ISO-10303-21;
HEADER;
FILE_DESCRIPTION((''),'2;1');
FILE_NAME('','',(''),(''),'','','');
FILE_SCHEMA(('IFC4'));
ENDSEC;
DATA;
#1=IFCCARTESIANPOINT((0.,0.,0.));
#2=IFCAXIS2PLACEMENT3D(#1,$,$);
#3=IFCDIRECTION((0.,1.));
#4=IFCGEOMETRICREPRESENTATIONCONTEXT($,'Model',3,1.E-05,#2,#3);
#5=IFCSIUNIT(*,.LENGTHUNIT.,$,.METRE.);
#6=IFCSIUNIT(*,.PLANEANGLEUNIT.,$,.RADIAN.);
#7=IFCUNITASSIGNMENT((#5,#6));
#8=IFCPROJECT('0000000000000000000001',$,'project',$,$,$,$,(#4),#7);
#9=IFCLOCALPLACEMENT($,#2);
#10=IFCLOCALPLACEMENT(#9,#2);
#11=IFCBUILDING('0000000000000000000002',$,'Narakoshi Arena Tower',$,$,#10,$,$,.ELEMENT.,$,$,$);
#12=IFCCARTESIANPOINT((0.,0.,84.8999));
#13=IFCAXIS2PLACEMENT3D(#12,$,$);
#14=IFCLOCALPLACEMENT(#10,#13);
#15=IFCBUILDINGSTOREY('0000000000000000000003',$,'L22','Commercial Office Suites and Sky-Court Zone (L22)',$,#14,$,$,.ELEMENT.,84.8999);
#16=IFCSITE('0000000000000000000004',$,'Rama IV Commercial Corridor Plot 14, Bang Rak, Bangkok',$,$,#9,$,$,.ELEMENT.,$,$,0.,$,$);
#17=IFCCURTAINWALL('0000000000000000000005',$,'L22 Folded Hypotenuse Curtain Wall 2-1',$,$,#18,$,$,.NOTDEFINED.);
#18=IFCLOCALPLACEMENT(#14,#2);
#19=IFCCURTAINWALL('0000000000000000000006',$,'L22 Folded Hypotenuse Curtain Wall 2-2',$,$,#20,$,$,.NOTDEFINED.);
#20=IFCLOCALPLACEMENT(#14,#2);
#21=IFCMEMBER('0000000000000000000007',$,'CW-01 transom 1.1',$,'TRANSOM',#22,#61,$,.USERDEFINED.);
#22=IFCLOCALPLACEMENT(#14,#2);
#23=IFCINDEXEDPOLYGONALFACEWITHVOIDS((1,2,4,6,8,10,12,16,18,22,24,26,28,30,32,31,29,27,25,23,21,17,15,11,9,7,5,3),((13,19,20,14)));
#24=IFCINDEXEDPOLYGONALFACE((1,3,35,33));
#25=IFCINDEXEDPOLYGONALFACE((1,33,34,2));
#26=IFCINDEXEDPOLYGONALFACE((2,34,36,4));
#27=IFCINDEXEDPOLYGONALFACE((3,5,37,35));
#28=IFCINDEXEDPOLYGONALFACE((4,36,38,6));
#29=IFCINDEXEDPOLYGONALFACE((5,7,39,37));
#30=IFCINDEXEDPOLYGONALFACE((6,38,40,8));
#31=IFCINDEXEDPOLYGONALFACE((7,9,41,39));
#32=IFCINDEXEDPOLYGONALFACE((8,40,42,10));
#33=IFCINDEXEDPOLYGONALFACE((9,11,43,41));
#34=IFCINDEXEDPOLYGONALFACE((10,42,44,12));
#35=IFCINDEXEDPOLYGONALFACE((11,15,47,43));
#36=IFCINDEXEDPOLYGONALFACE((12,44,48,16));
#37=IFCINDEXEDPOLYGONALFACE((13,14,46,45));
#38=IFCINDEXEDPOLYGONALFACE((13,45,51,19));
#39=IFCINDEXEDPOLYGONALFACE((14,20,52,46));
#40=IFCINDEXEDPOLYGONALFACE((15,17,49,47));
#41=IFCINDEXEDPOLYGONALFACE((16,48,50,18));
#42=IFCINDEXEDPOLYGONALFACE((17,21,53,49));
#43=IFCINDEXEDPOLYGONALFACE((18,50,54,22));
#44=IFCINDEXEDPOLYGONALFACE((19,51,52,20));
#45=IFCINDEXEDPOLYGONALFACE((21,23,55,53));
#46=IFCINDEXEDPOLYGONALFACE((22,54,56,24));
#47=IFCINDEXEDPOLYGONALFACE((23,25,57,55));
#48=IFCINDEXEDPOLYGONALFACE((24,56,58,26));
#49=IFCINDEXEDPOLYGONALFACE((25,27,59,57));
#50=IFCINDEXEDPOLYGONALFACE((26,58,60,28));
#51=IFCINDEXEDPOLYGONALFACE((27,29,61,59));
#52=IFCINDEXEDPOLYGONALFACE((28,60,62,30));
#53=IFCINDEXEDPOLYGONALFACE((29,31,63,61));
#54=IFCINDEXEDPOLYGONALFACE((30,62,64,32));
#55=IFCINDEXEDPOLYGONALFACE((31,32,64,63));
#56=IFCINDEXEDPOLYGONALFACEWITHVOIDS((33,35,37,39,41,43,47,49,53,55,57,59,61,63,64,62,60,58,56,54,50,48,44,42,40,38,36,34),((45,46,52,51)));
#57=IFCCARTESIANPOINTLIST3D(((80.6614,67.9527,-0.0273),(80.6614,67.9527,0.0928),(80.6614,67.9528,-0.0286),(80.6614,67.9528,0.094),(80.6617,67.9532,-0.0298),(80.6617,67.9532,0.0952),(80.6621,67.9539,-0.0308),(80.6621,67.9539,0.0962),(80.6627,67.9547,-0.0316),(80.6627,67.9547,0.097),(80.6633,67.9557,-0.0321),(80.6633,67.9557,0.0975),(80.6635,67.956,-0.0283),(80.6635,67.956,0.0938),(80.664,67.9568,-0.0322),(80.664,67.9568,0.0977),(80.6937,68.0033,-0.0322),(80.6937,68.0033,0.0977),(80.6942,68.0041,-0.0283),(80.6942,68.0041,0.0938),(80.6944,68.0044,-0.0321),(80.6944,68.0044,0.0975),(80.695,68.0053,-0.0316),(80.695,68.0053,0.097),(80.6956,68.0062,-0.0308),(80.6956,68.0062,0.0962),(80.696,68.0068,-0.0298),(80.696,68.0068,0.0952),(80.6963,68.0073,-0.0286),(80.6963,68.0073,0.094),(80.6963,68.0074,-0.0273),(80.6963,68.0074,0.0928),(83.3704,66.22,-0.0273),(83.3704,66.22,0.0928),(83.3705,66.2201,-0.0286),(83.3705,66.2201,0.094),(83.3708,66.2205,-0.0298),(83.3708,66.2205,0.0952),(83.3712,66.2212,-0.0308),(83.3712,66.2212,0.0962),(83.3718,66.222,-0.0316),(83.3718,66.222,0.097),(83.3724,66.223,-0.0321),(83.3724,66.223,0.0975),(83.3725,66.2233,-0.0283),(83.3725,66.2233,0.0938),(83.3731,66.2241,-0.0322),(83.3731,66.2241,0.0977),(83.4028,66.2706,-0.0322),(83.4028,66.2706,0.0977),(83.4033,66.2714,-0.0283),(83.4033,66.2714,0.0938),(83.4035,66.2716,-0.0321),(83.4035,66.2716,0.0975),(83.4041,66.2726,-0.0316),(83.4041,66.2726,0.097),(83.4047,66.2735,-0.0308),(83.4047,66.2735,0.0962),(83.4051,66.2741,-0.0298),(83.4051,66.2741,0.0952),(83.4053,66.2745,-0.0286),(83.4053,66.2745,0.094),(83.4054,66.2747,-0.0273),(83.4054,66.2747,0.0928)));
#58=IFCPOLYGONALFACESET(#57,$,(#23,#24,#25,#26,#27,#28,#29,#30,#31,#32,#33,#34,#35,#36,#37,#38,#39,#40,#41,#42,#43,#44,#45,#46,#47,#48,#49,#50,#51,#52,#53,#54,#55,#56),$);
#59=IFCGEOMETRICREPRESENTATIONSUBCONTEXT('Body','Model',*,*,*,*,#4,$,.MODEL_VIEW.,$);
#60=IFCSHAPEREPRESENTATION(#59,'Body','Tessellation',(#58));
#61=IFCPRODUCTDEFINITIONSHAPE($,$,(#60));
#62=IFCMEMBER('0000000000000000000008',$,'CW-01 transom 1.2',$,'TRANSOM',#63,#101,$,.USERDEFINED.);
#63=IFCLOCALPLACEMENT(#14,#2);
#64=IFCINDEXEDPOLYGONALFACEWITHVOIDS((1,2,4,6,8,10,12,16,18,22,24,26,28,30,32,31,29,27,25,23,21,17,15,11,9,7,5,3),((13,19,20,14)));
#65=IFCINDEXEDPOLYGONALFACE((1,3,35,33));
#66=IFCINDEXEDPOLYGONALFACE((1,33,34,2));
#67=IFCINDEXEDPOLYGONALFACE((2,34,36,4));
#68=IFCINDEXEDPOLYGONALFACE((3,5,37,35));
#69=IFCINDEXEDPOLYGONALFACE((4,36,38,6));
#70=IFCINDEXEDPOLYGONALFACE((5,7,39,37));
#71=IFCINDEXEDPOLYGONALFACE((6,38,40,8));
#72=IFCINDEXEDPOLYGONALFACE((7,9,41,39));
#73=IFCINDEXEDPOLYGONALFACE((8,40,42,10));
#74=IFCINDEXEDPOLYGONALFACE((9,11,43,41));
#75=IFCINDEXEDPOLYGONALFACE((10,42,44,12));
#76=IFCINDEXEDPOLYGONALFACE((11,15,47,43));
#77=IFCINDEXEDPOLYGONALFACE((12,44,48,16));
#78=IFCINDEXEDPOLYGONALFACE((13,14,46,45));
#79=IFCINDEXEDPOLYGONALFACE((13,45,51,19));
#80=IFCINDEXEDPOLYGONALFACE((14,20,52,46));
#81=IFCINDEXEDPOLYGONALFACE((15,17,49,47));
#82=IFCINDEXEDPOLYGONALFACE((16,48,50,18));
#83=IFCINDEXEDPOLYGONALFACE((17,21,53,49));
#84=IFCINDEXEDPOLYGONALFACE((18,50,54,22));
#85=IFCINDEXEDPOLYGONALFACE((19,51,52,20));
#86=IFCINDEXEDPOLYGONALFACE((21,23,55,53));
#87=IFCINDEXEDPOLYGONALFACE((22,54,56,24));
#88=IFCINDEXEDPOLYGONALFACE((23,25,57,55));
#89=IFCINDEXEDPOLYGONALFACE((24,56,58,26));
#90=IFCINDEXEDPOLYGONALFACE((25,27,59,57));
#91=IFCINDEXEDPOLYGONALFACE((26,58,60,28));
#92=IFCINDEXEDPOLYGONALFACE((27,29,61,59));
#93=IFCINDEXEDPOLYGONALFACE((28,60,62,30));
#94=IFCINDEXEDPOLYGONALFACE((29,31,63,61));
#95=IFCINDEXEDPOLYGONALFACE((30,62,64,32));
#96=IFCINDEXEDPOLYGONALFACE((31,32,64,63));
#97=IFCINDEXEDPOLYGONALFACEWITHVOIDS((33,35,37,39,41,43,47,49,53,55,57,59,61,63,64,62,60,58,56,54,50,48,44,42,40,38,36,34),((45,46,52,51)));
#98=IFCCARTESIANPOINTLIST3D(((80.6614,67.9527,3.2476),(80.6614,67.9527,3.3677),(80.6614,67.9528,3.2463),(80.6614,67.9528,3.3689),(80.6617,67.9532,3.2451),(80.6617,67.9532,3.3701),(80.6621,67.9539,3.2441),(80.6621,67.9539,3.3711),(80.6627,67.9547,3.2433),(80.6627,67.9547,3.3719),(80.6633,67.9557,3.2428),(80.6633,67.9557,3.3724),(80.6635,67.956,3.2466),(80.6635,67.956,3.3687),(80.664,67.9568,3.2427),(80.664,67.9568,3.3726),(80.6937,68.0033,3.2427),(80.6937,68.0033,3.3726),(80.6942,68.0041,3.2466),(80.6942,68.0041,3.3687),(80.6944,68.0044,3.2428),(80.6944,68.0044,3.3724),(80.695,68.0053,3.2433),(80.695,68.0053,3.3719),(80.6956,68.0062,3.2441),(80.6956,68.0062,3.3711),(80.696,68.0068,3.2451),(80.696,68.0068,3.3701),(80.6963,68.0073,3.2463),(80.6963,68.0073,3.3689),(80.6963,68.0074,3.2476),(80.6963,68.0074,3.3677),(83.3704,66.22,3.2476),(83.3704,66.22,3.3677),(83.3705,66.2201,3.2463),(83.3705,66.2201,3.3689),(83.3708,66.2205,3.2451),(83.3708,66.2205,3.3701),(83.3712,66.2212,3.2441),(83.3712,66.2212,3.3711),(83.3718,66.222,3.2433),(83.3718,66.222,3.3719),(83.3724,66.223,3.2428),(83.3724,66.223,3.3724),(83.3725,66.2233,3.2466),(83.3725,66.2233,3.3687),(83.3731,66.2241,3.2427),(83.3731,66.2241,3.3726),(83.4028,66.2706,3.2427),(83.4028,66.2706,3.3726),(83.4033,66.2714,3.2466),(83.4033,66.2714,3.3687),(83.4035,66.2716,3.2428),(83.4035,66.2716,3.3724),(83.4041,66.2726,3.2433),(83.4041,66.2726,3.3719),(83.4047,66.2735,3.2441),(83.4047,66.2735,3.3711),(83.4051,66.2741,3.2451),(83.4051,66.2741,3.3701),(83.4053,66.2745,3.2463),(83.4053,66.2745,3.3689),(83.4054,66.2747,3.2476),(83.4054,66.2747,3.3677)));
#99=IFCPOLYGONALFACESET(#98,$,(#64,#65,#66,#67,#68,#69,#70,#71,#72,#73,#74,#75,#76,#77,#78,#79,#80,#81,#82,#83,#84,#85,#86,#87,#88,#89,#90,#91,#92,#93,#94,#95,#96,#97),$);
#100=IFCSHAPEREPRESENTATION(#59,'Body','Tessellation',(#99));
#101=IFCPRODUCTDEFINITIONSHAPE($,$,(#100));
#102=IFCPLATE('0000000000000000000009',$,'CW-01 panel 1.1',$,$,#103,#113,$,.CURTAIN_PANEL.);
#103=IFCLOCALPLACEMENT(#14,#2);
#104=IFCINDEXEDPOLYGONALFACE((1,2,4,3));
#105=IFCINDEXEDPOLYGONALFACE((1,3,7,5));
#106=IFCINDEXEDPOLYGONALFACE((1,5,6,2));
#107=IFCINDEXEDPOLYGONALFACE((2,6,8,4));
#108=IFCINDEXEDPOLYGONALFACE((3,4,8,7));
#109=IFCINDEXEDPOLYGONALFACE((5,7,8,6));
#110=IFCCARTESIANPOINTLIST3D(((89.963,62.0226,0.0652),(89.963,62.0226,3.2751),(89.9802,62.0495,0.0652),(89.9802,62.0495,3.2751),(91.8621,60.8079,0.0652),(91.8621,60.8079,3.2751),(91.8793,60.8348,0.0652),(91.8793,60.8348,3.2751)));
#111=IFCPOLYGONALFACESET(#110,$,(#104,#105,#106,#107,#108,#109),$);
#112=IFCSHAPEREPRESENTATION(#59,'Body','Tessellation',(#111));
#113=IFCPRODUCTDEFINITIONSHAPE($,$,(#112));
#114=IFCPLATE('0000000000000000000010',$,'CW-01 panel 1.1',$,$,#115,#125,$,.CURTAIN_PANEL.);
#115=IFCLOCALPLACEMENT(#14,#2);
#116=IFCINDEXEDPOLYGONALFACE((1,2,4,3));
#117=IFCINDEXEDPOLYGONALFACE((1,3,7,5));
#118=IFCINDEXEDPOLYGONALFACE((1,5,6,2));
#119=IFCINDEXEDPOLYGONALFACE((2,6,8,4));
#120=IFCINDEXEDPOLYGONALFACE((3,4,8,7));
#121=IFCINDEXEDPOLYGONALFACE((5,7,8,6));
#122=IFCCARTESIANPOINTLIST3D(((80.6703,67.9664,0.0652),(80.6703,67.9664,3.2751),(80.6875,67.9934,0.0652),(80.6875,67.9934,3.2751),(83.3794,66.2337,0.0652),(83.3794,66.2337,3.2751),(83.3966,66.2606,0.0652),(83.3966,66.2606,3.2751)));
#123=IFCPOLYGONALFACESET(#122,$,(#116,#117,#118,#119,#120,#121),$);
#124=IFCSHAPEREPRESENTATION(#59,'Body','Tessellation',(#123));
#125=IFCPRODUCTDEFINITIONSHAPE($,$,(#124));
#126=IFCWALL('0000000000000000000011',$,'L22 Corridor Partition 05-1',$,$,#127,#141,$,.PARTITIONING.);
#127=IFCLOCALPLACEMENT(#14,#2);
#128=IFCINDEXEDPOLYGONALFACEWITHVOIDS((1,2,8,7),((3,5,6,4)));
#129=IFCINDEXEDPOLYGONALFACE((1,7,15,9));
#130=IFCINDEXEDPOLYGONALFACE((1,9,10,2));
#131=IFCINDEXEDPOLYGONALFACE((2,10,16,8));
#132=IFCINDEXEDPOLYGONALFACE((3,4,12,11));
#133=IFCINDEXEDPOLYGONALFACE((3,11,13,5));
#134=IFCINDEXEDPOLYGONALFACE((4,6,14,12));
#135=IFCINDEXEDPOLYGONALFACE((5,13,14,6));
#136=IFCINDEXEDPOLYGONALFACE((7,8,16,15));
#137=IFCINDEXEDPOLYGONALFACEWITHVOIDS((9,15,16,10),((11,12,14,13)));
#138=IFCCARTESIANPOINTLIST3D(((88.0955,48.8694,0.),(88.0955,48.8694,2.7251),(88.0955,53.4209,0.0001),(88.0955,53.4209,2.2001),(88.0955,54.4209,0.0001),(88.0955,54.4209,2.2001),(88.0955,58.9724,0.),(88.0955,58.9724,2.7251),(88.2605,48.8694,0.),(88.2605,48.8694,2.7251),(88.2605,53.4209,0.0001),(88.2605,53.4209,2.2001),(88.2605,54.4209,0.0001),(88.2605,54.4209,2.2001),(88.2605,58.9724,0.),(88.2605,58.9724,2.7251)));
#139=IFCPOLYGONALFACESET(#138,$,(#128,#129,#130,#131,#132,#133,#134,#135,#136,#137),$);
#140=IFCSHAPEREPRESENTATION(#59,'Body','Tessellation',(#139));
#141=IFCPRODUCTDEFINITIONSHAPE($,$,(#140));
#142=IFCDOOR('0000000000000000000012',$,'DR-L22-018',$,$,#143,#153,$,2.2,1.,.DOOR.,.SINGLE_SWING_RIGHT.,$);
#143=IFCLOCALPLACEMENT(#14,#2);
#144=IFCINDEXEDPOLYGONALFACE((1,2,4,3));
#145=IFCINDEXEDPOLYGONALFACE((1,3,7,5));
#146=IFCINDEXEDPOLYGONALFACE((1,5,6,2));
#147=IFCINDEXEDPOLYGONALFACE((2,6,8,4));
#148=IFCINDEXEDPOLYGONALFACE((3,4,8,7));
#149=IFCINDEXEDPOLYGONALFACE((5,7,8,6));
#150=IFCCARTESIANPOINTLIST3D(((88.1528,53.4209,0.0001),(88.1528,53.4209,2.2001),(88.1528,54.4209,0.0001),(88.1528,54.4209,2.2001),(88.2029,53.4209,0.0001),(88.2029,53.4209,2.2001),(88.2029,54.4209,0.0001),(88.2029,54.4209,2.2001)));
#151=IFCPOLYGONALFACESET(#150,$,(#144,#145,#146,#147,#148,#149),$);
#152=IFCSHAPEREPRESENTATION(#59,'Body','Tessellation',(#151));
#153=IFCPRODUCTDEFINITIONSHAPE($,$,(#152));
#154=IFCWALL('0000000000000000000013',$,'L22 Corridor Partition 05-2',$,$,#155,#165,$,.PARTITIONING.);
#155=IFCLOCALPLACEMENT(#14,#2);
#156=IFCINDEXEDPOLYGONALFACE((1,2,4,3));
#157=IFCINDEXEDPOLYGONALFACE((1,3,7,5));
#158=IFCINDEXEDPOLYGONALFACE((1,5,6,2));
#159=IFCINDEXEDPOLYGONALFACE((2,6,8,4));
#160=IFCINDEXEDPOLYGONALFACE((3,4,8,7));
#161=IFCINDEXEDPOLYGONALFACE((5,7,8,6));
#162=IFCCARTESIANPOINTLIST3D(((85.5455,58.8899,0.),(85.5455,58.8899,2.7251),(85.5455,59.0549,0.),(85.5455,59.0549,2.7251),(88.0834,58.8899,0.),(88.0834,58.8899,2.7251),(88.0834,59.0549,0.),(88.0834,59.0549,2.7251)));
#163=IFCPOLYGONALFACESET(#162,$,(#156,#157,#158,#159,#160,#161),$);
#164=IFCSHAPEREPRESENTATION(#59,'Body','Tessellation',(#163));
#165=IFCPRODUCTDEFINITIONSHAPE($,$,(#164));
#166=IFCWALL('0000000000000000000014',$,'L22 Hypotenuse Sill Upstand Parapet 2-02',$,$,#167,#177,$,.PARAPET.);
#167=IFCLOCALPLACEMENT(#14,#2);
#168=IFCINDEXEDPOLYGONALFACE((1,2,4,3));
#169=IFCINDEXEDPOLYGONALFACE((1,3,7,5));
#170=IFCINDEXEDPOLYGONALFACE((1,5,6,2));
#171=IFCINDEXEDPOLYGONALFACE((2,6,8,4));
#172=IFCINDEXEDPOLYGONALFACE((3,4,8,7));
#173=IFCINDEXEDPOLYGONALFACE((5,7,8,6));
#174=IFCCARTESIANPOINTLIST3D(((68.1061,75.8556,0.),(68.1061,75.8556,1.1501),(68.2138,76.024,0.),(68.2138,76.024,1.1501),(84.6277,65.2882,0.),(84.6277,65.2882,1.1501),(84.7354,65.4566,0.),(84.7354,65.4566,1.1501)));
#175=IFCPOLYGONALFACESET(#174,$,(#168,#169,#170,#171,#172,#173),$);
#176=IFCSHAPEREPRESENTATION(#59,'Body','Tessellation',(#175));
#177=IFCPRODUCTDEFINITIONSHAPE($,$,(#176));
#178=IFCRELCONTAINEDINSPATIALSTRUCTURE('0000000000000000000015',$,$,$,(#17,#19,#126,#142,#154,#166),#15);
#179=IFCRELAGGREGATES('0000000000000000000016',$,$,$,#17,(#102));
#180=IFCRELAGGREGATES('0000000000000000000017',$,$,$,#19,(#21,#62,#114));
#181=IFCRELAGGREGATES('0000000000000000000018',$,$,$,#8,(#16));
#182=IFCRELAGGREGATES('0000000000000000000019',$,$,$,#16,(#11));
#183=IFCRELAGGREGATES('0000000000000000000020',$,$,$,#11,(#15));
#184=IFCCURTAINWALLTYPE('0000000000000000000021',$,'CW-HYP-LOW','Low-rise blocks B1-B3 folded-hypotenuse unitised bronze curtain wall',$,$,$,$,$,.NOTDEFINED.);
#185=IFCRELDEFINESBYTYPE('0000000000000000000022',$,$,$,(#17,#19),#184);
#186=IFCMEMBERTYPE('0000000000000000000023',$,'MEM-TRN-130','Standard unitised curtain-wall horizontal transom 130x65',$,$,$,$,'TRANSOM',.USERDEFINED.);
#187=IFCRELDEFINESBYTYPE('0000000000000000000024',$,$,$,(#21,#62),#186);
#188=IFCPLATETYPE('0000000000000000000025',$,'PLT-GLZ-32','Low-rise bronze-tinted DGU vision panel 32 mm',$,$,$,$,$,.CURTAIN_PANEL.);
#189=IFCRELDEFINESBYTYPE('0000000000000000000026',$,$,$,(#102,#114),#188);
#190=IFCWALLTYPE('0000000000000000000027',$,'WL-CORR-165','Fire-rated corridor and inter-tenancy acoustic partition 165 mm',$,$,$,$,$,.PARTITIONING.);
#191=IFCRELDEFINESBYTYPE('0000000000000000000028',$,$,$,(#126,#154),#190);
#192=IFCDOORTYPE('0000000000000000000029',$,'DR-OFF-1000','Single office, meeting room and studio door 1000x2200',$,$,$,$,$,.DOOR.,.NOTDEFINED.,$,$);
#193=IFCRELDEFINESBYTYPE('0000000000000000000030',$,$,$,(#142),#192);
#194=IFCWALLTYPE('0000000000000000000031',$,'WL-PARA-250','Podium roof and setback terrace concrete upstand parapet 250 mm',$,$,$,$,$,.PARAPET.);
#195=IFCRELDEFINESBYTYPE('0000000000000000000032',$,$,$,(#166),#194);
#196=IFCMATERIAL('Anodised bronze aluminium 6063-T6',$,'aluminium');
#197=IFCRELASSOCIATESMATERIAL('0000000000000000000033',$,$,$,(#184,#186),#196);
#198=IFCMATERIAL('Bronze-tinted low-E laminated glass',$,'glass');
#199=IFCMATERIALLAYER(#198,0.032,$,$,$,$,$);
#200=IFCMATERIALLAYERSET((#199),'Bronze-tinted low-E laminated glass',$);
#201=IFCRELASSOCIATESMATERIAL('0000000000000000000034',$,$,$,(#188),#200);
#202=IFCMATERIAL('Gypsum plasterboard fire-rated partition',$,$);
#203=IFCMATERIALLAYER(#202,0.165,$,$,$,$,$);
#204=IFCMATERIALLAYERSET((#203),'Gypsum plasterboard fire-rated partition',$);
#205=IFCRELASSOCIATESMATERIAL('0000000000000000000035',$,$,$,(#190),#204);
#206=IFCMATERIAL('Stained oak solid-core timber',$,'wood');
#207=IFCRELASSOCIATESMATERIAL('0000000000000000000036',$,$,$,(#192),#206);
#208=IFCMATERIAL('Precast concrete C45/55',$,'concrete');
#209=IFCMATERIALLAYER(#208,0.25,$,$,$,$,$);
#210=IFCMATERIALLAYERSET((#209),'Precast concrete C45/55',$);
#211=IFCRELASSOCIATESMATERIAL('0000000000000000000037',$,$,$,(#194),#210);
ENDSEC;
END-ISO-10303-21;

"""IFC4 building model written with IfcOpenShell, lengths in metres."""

from ifc_helpers import new_model, si_unit, direction, frame, frame_2d, origin, origin_2d, place, context, subcontext, project, spatial, rectangle, hollow_rectangle, extrude, material, layer, layer_set, material_profile, profile_set, type_object, element, fill, aggregate, save


model = new_model("IFC4")

# Units and contexts
model_context = context("Model", 3, precision=1e-05, world=origin(), true_north=direction((0.0, 1.0)))
body_context = subcontext(model_context, "Body", "Model", "MODEL_VIEW")
ifc_project = project(units=[si_unit("LENGTHUNIT", "METRE"), si_unit("PLANEANGLEUNIT", "RADIAN")], contexts=[model_context])

# Site, building, storey
site_placement = place(None, origin())
site = spatial("IfcSite", under=ifc_project, at=site_placement, Name="Rama IV Commercial Corridor Plot 14, Bang Rak, Bangkok", CompositionType="ELEMENT", RefElevation=0.0)
building_placement = place(site_placement, origin())
building = spatial("IfcBuilding", under=site, at=building_placement, Name="Narakoshi Arena Tower", CompositionType="ELEMENT")
storey_placement = place(building_placement, frame((0.0, 0.0, 84.8999)))
storey = spatial("IfcBuildingStorey", under=building, at=storey_placement, Name="L22", Description="Commercial Office Suites and Sky-Court Zone (L22)", CompositionType="ELEMENT", Elevation=84.8999)

# Curtain walls
ifc_material_1 = material(Name="Anodised bronze aluminium 6063-T6", Category="aluminium")
curtain_wall_type = type_object("IfcCurtainWallType", Name="CW-HYP-LOW", Description="Low-rise blocks B1-B3 folded-hypotenuse unitised bronze curtain wall", PredefinedType="NOTDEFINED", material=ifc_material_1)
curtain_wall_1_placement = place(storey_placement, origin())
curtain_wall_1 = element("IfcCurtainWall", 1, at=curtain_wall_1_placement, inside=storey, type_object=curtain_wall_type, Name="L22 Folded Hypotenuse Curtain Wall 2-1", PredefinedType="NOTDEFINED")
curtain_wall_2_placement = place(storey_placement, origin())
curtain_wall_2 = element("IfcCurtainWall", 2, at=curtain_wall_2_placement, inside=storey, type_object=curtain_wall_type, Name="L22 Folded Hypotenuse Curtain Wall 2-2", PredefinedType="NOTDEFINED")

# Members
ifc_material_profile_1 = material_profile(ifc_material_1, hollow_rectangle(XDim=0.0649, YDim=0.1299, WallThickness=0.0039, OuterFilletRadius=0.0049, at=origin_2d()), Name="TRN130x65x4")
ifc_profile_set_1 = profile_set([ifc_material_profile_1], Name="Anodised bronze aluminium 6063-T6")
member_type_1 = type_object("IfcMemberType", Name="MEM-TRN-130", Description="Standard unitised curtain-wall horizontal transom 130x65", ElementType="TRANSOM", PredefinedType="USERDEFINED", material=ifc_profile_set_1)
member_1_placement = place(storey_placement, frame((83.3879, 66.2473, 0.0327), z_axis=(-0.842424, 0.538815, 0.0), x_axis=(-0.538815, -0.842424, 0.0)))
member_1 = element("IfcMember", 3, at=member_1_placement, type_object=member_type_1, Name="CW-01 transom 1.1", ObjectType="TRANSOM", PredefinedType="USERDEFINED", context=body_context, shape_type="SweptSolid", body=[
    extrude(hollow_rectangle(XDim=0.0649, YDim=0.1299, WallThickness=0.0039, OuterFilletRadius=0.0049, at=origin_2d()), origin(), (0.0, 0.0, 1.0), 3.2158),
])
member_2_placement = place(storey_placement, frame((83.3879, 66.2473, 3.3076), z_axis=(-0.842424, 0.538815, 0.0), x_axis=(-0.538815, -0.842424, 0.0)))
member_2 = element("IfcMember", 4, at=member_2_placement, type_object=member_type_1, Name="CW-01 transom 1.2", ObjectType="TRANSOM", PredefinedType="USERDEFINED", context=body_context, shape_type="SweptSolid", body=[
    extrude(hollow_rectangle(XDim=0.0649, YDim=0.1299, WallThickness=0.0039, OuterFilletRadius=0.0049, at=origin_2d()), origin(), (0.0, 0.0, 1.0), 3.2158),
])

# Plates
ifc_material_2 = material(Name="Bronze-tinted low-E laminated glass", Category="glass")
ifc_layer_1 = layer(ifc_material_2, 0.032)
ifc_layer_set_1 = layer_set([ifc_layer_1], Name="Bronze-tinted low-E laminated glass")
plate_type = type_object("IfcPlateType", Name="PLT-GLZ-32", Description="Low-rise bronze-tinted DGU vision panel 32 mm", PredefinedType="CURTAIN_PANEL", material=ifc_layer_set_1)
plate_1_placement = place(storey_placement, frame((90.9211, 61.4287, 0.0652), z_axis=(0.0, 0.0, 1.0), x_axis=(-0.842419, 0.538822, 0.0)))
plate_1 = element("IfcPlate", 5, at=plate_1_placement, type_object=plate_type, Name="CW-01 panel 1.1", PredefinedType="CURTAIN_PANEL", context=body_context, shape_type="SweptSolid", body=[
    extrude(rectangle(XDim=2.2544, YDim=0.032, at=origin_2d()), origin(), (0.0, 0.0, 1.0), 3.21),
])
aggregate(curtain_wall_1, [plate_1])
plate_2_placement = place(storey_placement, frame((82.0334, 67.1135, 0.0652), z_axis=(0.0, 0.0, 1.0), x_axis=(-0.842415, 0.538829, 0.0)))
plate_2 = element("IfcPlate", 6, at=plate_2_placement, type_object=plate_type, Name="CW-01 panel 1.1", PredefinedType="CURTAIN_PANEL", context=body_context, shape_type="SweptSolid", body=[
    extrude(rectangle(XDim=3.2158, YDim=0.032, at=origin_2d()), origin(), (0.0, 0.0, 1.0), 3.21),
])
aggregate(curtain_wall_2, [member_1, member_2, plate_2])

# Wall, opening, door
ifc_material_3 = material(Name="Gypsum plasterboard fire-rated partition")
ifc_layer_2 = layer(ifc_material_3, 0.165)
ifc_layer_set_2 = layer_set([ifc_layer_2], Name="Gypsum plasterboard fire-rated partition")
wall_type_1 = type_object("IfcWallType", Name="WL-CORR-165", Description="Fire-rated corridor and inter-tenancy acoustic partition 165 mm", PredefinedType="PARTITIONING", material=ifc_layer_set_2)
wall_1_placement = place(storey_placement, frame((88.178, 48.8694, 0.0), z_axis=(0.0, 0.0, 1.0), x_axis=(0.0, 1.0, 0.0)))
wall_1 = element("IfcWall", 7, at=wall_1_placement, inside=storey, type_object=wall_type_1, Name="L22 Corridor Partition 05-1", PredefinedType="PARTITIONING", context=body_context, shape_type="SweptSolid", body=[
    extrude(rectangle(XDim=10.103, YDim=0.165, at=frame_2d((5.0515, 0.0))), origin(), (0.0, 0.0, 1.0), 2.7251),
])
opening_1_placement = place(wall_1_placement, frame((4.5515, 0.0, 0.0)))
opening_1 = element("IfcOpeningElement", 8, at=opening_1_placement, cuts=wall_1, PredefinedType="OPENING", context=body_context, shape_type="SweptSolid", body=[
    extrude(rectangle(XDim=1.0, YDim=2.2, at=frame_2d((0.5, 1.1001))), frame((0.0, 0.0925, 0.0), z_axis=(0.0, -1.0, 0.0), x_axis=(1.0, 0.0, 0.0)), (0.0, 0.0, 1.0), 0.1851),
])
ifc_material_4 = material(Name="Stained oak solid-core timber", Category="wood")
door_type_1 = type_object("IfcDoorType", Name="DR-OFF-1000", Description="Single office, meeting room and studio door 1000x2200", OperationType="NOTDEFINED", PredefinedType="DOOR", material=ifc_material_4)
door_1_placement = place(opening_1_placement, frame((1.0, 0.0, 0.0), z_axis=(0.0, 0.0, 1.0), x_axis=(-1.0, 0.0, 0.0)))
door_1 = element("IfcDoor", 9, at=door_1_placement, inside=storey, type_object=door_type_1, Name="DR-L22-018", OperationType="SINGLE_SWING_RIGHT", OverallHeight=2.2, OverallWidth=1.0, PredefinedType="DOOR", context=body_context, shape_type="SweptSolid", body=[
    extrude(rectangle(XDim=1.0, YDim=2.2, at=frame_2d((0.5, 1.1001))), frame((0.0, 0.0249, 0.0), z_axis=(0.0, -1.0, 0.0), x_axis=(1.0, 0.0, 0.0)), (0.0, 0.0, 1.0), 0.05),
])
fill(opening_1, door_1)

# Walls
wall_2_placement = place(storey_placement, frame((88.0835, 58.9724, 0.0), z_axis=(0.0, 0.0, 1.0), x_axis=(-1.0, 0.0, 0.0)))
element("IfcWall", 10, at=wall_2_placement, inside=storey, type_object=wall_type_1, Name="L22 Corridor Partition 05-2", PredefinedType="PARTITIONING", context=body_context, shape_type="SweptSolid", body=[
    extrude(rectangle(XDim=2.5378, YDim=0.165, at=frame_2d((1.269, 0.0))), origin(), (0.0, 0.0, 1.0), 2.7251),
])
ifc_material_5 = material(Name="Precast concrete C45/55", Category="concrete")
ifc_layer_3 = layer(ifc_material_5, 0.25)
ifc_layer_set_3 = layer_set([ifc_layer_3], Name="Precast concrete C45/55")
wall_type_2 = type_object("IfcWallType", Name="WL-PARA-250", Description="Podium roof and setback terrace concrete upstand parapet 250 mm", PredefinedType="PARAPET", material=ifc_layer_set_3)
wall_3_placement = place(storey_placement, frame((84.6816, 65.3723, 0.0), z_axis=(0.0, 0.0, 1.0), x_axis=(-0.842419, 0.538823, 0.0)))
element("IfcWall", 11, at=wall_3_placement, inside=storey, type_object=wall_type_2, Name="L22 Hypotenuse Sill Upstand Parapet 2-02", PredefinedType="PARAPET", context=body_context, shape_type="SweptSolid", body=[
    extrude(rectangle(XDim=19.6121, YDim=0.2, at=frame_2d((9.8062, 0.0))), origin(), (0.0, 0.0, 1.0), 1.1501),
])

save(model, "model.ifc")
